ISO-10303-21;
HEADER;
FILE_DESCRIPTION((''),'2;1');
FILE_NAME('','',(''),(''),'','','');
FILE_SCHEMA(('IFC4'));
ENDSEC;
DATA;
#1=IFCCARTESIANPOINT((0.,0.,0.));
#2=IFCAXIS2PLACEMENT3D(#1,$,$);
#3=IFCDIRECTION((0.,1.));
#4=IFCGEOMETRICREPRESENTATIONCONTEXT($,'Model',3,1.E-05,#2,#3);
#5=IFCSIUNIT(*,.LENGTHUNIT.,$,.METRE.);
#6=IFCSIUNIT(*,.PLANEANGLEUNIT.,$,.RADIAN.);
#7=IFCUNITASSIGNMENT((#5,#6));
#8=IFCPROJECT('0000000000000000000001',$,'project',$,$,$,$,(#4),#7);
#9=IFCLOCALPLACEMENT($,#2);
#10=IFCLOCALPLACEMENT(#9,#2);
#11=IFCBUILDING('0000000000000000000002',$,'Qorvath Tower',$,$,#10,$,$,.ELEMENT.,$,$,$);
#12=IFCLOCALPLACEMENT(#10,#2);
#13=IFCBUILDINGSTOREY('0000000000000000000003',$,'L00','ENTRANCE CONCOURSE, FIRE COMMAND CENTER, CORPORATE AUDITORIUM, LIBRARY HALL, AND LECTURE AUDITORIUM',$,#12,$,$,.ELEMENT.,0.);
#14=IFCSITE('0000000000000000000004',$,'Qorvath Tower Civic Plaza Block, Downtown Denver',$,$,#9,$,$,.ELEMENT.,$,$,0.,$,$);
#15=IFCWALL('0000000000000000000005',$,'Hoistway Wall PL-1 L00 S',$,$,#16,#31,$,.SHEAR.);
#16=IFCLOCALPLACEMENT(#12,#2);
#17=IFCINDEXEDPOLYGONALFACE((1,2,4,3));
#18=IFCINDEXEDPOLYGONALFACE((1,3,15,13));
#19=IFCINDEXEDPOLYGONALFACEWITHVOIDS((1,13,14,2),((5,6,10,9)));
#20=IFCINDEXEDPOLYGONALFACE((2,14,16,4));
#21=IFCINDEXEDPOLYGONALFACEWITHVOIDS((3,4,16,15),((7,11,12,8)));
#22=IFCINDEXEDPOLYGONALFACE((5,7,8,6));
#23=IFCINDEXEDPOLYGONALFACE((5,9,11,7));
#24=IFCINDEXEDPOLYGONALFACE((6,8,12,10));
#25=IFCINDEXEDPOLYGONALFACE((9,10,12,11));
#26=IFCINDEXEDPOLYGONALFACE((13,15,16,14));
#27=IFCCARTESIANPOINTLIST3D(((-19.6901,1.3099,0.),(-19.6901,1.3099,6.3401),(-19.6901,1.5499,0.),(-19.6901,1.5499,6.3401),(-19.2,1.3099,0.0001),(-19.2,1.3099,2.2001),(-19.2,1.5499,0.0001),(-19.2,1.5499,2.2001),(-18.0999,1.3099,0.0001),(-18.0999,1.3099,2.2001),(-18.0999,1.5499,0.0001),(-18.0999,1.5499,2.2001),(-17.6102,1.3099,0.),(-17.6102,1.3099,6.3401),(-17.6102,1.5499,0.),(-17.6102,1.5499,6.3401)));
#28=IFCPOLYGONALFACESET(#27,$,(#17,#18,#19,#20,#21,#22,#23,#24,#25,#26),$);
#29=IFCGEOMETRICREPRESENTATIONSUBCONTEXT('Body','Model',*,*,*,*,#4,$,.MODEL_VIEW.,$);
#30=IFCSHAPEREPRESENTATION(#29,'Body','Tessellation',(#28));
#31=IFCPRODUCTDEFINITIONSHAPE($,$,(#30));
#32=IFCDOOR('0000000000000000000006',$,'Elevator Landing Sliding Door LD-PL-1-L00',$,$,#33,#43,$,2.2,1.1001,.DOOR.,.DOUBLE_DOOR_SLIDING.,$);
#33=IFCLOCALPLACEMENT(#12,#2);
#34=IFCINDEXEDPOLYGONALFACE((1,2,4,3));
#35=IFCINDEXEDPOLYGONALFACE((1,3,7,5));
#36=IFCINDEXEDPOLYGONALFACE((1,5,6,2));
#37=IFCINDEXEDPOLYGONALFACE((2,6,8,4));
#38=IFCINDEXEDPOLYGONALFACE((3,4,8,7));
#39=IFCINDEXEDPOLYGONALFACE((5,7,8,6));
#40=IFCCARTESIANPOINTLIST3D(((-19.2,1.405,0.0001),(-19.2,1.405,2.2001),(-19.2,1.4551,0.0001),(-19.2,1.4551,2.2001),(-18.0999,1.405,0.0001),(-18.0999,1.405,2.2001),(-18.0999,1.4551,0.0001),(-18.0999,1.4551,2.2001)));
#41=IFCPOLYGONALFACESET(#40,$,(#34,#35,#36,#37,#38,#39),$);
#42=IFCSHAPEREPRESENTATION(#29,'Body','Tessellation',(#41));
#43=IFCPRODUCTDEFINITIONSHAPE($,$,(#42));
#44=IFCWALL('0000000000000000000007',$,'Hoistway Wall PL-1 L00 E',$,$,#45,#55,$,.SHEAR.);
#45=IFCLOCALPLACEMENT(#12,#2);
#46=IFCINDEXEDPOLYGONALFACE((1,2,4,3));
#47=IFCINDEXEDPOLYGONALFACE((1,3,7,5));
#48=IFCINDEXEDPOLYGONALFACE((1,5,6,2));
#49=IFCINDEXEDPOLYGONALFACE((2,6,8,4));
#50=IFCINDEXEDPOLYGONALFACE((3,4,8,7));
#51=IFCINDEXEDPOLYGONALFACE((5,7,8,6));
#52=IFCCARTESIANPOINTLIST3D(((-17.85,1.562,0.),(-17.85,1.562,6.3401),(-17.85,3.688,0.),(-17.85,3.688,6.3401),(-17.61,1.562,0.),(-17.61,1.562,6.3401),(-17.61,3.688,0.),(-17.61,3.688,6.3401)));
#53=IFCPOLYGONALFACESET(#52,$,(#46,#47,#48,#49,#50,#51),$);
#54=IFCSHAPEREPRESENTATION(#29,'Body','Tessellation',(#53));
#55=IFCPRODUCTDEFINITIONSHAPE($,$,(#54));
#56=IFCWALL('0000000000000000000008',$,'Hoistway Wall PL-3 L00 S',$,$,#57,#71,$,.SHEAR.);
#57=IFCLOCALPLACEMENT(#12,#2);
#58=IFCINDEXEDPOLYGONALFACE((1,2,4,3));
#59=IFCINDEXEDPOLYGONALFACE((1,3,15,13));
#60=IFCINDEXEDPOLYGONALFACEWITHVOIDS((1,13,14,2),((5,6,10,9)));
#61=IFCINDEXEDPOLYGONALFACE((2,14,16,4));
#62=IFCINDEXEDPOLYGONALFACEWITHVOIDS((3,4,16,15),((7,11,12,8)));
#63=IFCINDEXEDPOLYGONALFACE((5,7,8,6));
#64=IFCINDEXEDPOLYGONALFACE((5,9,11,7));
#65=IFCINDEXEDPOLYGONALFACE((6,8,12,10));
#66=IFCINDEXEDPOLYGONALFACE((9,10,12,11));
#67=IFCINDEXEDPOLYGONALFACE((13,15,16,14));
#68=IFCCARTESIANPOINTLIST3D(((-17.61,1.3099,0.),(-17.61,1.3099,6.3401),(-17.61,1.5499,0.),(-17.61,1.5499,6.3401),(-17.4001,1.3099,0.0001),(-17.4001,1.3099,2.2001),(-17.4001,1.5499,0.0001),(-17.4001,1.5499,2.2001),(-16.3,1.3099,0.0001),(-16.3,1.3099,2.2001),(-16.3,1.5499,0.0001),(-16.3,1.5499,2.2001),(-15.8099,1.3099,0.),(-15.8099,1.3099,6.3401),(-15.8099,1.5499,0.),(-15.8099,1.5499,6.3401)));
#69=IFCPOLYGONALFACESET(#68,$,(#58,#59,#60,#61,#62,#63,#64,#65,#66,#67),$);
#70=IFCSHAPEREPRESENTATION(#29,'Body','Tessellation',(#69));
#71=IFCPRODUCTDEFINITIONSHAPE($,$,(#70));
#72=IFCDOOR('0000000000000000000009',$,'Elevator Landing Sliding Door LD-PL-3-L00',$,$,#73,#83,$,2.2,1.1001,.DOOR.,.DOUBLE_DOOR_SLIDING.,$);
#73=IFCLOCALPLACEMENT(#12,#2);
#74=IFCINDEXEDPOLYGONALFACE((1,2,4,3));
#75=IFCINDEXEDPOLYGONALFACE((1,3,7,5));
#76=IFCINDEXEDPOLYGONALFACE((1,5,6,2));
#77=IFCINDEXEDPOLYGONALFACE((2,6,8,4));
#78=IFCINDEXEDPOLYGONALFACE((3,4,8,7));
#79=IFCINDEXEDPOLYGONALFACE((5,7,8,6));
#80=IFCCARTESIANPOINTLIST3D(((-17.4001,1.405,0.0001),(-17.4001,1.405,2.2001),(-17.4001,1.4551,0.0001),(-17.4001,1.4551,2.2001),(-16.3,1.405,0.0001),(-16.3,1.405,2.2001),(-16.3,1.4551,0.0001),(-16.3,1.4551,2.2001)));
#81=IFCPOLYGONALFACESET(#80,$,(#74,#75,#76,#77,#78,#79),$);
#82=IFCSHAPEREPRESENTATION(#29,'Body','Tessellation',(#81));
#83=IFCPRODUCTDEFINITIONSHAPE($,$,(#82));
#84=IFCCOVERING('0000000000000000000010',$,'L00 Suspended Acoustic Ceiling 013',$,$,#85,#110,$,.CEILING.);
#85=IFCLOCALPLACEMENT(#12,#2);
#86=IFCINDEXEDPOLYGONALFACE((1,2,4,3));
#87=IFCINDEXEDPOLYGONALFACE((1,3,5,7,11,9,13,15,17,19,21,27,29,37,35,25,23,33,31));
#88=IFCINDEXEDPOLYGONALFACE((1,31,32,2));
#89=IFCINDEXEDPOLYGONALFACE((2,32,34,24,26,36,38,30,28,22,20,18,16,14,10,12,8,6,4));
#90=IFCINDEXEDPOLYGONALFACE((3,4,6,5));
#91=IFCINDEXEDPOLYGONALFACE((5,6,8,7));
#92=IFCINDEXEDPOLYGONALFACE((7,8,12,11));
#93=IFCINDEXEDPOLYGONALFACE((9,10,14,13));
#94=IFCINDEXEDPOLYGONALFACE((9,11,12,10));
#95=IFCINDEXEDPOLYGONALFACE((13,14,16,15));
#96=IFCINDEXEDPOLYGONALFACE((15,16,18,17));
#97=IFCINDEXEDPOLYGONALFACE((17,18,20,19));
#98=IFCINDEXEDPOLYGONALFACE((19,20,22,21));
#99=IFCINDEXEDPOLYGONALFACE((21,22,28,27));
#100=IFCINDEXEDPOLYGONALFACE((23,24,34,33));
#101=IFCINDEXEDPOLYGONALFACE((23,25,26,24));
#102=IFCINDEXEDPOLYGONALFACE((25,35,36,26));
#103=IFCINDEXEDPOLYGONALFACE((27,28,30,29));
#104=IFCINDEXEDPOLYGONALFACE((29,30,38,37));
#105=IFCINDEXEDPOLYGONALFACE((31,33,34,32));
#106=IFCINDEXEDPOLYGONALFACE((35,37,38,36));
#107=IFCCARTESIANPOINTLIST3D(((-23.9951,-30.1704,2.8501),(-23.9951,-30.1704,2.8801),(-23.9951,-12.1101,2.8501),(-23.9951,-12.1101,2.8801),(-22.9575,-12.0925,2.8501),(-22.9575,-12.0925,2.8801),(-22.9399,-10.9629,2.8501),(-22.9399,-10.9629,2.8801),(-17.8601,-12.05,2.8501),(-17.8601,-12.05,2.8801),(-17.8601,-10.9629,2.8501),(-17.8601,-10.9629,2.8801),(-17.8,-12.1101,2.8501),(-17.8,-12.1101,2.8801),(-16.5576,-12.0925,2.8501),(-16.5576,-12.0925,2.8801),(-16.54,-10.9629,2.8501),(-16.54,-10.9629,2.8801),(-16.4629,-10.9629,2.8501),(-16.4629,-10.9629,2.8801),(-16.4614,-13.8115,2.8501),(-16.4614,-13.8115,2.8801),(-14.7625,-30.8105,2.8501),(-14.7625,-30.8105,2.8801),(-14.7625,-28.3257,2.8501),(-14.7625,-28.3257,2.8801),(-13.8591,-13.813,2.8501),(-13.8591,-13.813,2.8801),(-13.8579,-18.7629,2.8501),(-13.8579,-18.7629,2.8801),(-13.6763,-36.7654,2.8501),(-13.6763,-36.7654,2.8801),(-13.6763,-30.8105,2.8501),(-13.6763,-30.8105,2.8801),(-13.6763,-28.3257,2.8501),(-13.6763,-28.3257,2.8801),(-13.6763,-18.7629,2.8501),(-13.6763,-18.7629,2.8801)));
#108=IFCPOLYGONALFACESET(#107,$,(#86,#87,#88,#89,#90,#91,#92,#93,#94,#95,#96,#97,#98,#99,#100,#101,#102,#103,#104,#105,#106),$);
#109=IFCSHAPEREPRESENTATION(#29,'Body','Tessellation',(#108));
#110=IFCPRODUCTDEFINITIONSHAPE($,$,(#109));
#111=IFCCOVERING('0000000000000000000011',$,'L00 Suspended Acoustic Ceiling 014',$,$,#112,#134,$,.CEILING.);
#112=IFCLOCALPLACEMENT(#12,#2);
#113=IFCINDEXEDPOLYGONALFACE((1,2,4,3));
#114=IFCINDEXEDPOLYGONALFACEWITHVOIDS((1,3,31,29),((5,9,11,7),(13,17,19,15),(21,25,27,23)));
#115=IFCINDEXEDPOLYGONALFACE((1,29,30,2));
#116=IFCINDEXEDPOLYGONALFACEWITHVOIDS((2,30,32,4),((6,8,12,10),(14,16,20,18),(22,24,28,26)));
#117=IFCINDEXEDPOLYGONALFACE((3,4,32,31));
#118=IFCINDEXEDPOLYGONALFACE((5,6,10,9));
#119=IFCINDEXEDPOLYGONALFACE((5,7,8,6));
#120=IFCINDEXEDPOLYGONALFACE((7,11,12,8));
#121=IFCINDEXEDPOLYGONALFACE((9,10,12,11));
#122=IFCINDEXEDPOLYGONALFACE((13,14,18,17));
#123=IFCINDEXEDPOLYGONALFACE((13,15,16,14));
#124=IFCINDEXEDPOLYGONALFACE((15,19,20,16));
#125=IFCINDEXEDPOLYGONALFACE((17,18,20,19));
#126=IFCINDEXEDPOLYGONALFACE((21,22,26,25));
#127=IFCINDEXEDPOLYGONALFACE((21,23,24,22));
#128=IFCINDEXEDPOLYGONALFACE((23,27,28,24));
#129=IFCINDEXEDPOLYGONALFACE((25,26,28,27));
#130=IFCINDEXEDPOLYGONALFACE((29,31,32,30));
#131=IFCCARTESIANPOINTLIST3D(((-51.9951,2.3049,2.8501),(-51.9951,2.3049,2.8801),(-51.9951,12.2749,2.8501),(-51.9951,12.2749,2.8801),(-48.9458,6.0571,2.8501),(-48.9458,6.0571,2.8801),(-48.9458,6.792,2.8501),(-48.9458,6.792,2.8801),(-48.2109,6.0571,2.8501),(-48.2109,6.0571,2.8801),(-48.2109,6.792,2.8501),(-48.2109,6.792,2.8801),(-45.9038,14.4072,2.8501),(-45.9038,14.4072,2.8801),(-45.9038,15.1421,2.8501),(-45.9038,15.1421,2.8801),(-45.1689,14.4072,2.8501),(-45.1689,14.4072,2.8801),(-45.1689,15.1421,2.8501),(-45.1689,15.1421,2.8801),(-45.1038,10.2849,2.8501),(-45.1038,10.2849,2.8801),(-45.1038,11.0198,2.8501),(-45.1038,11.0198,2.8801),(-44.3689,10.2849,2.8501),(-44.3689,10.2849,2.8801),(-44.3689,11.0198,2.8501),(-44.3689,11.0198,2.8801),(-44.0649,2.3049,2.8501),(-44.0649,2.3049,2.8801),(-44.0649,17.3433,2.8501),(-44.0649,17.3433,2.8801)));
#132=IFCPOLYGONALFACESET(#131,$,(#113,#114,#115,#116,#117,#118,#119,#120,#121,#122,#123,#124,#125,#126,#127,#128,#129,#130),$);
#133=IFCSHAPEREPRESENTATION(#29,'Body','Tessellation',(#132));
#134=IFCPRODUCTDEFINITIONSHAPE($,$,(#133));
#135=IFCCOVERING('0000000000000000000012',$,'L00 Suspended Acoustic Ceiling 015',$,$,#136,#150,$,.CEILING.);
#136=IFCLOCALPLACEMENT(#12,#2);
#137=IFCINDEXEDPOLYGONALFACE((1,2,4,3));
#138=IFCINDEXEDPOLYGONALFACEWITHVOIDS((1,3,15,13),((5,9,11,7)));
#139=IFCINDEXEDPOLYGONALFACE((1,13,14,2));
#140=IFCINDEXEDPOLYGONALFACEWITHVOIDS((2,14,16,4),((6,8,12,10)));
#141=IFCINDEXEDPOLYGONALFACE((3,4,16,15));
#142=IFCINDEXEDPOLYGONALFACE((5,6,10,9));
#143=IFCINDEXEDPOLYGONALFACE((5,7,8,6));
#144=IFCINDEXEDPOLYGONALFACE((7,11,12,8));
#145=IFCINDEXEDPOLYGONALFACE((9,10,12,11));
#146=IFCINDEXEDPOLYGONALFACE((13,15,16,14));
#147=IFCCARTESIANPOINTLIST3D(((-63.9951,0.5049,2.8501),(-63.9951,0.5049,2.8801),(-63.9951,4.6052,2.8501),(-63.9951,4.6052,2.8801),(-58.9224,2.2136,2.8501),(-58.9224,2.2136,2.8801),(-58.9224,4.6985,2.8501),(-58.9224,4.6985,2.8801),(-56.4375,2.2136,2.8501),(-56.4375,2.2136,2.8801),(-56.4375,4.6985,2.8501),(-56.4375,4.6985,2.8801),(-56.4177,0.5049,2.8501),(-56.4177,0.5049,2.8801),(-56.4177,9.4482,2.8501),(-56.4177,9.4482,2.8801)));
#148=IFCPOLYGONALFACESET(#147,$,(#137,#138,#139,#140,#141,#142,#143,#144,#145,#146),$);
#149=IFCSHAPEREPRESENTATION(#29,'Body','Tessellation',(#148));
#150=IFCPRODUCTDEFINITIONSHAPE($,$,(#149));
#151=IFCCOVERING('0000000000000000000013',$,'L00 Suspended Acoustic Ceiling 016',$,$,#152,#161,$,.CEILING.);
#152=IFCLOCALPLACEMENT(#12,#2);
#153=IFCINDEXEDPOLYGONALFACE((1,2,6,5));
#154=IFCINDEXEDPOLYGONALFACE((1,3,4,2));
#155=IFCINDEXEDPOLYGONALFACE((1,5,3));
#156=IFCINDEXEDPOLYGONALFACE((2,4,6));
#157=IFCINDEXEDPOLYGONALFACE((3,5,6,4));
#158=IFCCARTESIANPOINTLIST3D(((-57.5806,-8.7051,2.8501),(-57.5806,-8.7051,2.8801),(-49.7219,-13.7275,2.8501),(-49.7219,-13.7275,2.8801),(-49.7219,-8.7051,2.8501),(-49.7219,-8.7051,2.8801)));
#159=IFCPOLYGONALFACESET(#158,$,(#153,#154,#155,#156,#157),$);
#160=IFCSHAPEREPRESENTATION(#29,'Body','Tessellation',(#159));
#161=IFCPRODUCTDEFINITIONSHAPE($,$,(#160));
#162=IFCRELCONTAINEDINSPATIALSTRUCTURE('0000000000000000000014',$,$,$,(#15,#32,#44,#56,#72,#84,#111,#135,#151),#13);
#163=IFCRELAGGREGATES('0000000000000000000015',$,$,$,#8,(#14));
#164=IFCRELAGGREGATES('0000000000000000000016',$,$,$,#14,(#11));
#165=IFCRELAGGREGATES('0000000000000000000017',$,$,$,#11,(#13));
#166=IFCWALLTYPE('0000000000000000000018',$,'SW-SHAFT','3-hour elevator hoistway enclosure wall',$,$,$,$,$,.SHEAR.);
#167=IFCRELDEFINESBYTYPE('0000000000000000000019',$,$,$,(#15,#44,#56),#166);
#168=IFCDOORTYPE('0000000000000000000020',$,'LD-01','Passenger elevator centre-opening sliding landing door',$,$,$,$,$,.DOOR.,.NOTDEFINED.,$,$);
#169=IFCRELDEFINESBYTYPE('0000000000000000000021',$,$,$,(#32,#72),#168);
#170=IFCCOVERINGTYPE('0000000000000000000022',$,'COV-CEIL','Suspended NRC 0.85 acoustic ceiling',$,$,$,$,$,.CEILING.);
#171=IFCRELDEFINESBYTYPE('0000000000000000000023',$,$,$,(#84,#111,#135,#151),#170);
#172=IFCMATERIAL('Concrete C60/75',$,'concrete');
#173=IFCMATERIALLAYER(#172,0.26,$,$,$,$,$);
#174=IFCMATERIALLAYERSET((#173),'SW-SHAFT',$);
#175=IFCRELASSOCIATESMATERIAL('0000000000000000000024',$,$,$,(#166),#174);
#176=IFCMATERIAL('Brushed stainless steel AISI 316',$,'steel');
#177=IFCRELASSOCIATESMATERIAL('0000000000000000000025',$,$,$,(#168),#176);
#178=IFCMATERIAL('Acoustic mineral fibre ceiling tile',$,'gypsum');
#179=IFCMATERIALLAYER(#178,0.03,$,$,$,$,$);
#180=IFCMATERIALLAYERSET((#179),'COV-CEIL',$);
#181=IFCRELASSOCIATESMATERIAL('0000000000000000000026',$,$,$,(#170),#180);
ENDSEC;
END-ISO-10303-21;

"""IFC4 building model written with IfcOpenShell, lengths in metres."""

from ifc_helpers import new_model, si_unit, direction, frame, frame_2d, origin, place, context, subcontext, project, spatial, polyline, rectangle, outline, extrude, material, layer, layer_set, type_object, element, fill, save


model = new_model("IFC4")

# Units and contexts
model_context = context("Model", 3, precision=1e-05, world=origin(), true_north=direction((0.0, 1.0)))
body_context = subcontext(model_context, "Body", "Model", "MODEL_VIEW")
ifc_project = project(units=[si_unit("LENGTHUNIT", "METRE"), si_unit("PLANEANGLEUNIT", "RADIAN")], contexts=[model_context])

# Site, building, storey
site_placement = place(None, origin())
site = spatial("IfcSite", under=ifc_project, at=site_placement, Name="Qorvath Tower Civic Plaza Block, Downtown Denver", CompositionType="ELEMENT", RefElevation=0.0)
building_placement = place(site_placement, origin())
building = spatial("IfcBuilding", under=site, at=building_placement, Name="Qorvath Tower", CompositionType="ELEMENT")
storey_placement = place(building_placement, origin())
storey = spatial("IfcBuildingStorey", under=building, at=storey_placement, Name="L00", Description="ENTRANCE CONCOURSE, FIRE COMMAND CENTER, CORPORATE AUDITORIUM, LIBRARY HALL, AND LECTURE AUDITORIUM", CompositionType="ELEMENT", Elevation=0.0)

# Wall, opening, door
ifc_material_1 = material(Name="Concrete C60/75", Category="concrete")
ifc_layer_1 = layer(ifc_material_1, 0.26)
ifc_layer_set_1 = layer_set([ifc_layer_1], Name="SW-SHAFT")
wall_type = type_object("IfcWallType", Name="SW-SHAFT", Description="3-hour elevator hoistway enclosure wall", PredefinedType="SHEAR", material=ifc_layer_set_1)
wall_1_placement = place(storey_placement, frame((-17.6101, 1.4299, 0.0), z_axis=(0.0, 0.0, 1.0), x_axis=(-1.0, 0.0, 0.0)))
wall_1 = element("IfcWall", 1, at=wall_1_placement, inside=storey, type_object=wall_type, Name="Hoistway Wall PL-1 L00 S", PredefinedType="SHEAR", context=body_context, shape_type="SweptSolid", body=[
    extrude(rectangle(XDim=2.0798, YDim=0.24, at=frame_2d((1.04, 0.0))), origin(), (0.0, 0.0, 1.0), 6.3401),
])
opening_1_placement = place(wall_1_placement, frame((0.4897, 0.0, 0.0)))
opening_1 = element("IfcOpeningElement", 2, at=opening_1_placement, cuts=wall_1, PredefinedType="OPENING", context=body_context, shape_type="SweptSolid", body=[
    extrude(rectangle(XDim=1.1001, YDim=2.2, at=frame_2d((0.55, 1.1001))), frame((0.0, 0.1299, 0.0), z_axis=(0.0, -1.0, 0.0), x_axis=(1.0, 0.0, 0.0)), (0.0, 0.0, 1.0), 0.26),
])
ifc_material_2 = material(Name="Brushed stainless steel AISI 316", Category="steel")
door_type = type_object("IfcDoorType", Name="LD-01", Description="Passenger elevator centre-opening sliding landing door", OperationType="NOTDEFINED", PredefinedType="DOOR", material=ifc_material_2)
door_1_placement = place(opening_1_placement, origin())
door_1 = element("IfcDoor", 3, at=door_1_placement, inside=storey, type_object=door_type, Name="Elevator Landing Sliding Door LD-PL-1-L00", OperationType="DOUBLE_DOOR_SLIDING", OverallHeight=2.2, OverallWidth=1.1001, PredefinedType="DOOR", context=body_context, shape_type="SweptSolid", body=[
    extrude(rectangle(XDim=1.1001, YDim=2.2, at=frame_2d((0.55, 1.1001))), frame((0.0, 0.0249, 0.0), z_axis=(0.0, -1.0, 0.0), x_axis=(1.0, 0.0, 0.0)), (0.0, 0.0, 1.0), 0.05),
])
fill(opening_1, door_1)

# Wall
wall_2_placement = place(storey_placement, frame((-17.73, 3.688, 0.0), z_axis=(0.0, 0.0, 1.0), x_axis=(0.0, -1.0, 0.0)))
element("IfcWall", 4, at=wall_2_placement, inside=storey, type_object=wall_type, Name="Hoistway Wall PL-1 L00 E", PredefinedType="SHEAR", context=body_context, shape_type="SweptSolid", body=[
    extrude(rectangle(XDim=2.126, YDim=0.24, at=frame_2d((1.063, 0.0))), origin(), (0.0, 0.0, 1.0), 6.3401),
])

# Wall, opening, door
wall_3_placement = place(storey_placement, frame((-15.8101, 1.4299, 0.0), z_axis=(0.0, 0.0, 1.0), x_axis=(-1.0, 0.0, 0.0)))
wall_3 = element("IfcWall", 5, at=wall_3_placement, inside=storey, type_object=wall_type, Name="Hoistway Wall PL-3 L00 S", PredefinedType="SHEAR", context=body_context, shape_type="SweptSolid", body=[
    extrude(rectangle(XDim=1.8, YDim=0.24, at=frame_2d((0.8999, 0.0))), origin(), (0.0, 0.0, 1.0), 6.3401),
])
opening_2_placement = place(wall_3_placement, frame((0.49, 0.0, 0.0)))
opening_2 = element("IfcOpeningElement", 6, at=opening_2_placement, cuts=wall_3, PredefinedType="OPENING", context=body_context, shape_type="SweptSolid", body=[
    extrude(rectangle(XDim=1.1001, YDim=2.2, at=frame_2d((0.55, 1.1001))), frame((0.0, 0.1299, 0.0), z_axis=(0.0, -1.0, 0.0), x_axis=(1.0, 0.0, 0.0)), (0.0, 0.0, 1.0), 0.26),
])
door_2_placement = place(opening_2_placement, origin())
door_2 = element("IfcDoor", 7, at=door_2_placement, inside=storey, type_object=door_type, Name="Elevator Landing Sliding Door LD-PL-3-L00", OperationType="DOUBLE_DOOR_SLIDING", OverallHeight=2.2, OverallWidth=1.1001, PredefinedType="DOOR", context=body_context, shape_type="SweptSolid", body=[
    extrude(rectangle(XDim=1.1001, YDim=2.2, at=frame_2d((0.55, 1.1001))), frame((0.0, 0.0249, 0.0), z_axis=(0.0, -1.0, 0.0), x_axis=(1.0, 0.0, 0.0)), (0.0, 0.0, 1.0), 0.05),
])
fill(opening_2, door_2)

# Coverings
ifc_material_3 = material(Name="Acoustic mineral fibre ceiling tile", Category="gypsum")
ifc_layer_2 = layer(ifc_material_3, 0.03)
ifc_layer_set_2 = layer_set([ifc_layer_2], Name="COV-CEIL")
covering_type_1 = type_object("IfcCoveringType", Name="COV-CEIL", Description="Suspended NRC 0.85 acoustic ceiling", PredefinedType="CEILING", material=ifc_layer_set_2)
covering_1_placement = place(storey_placement, frame((0.0, 0.0, 2.8501)))
element("IfcCovering", 8, at=covering_1_placement, inside=storey, type_object=covering_type_1, Name="L00 Suspended Acoustic Ceiling 013", PredefinedType="CEILING", context=body_context, shape_type="SweptSolid", body=[
    extrude(outline(polyline([(-23.9951, -30.1704), (-13.6763, -36.7654), (-13.6763, -30.8105), (-14.7625, -30.8105), (-14.7625, -28.3257), (-13.6763, -28.3257), (-13.6763, -18.7629), (-13.8579, -18.7629), (-13.8591, -13.813), (-16.4614, -13.8115), (-16.4629, -10.9629), (-16.54, -10.9629), (-16.5576, -12.0925), (-17.8, -12.1101), (-17.8601, -12.05), (-17.8601, -10.9629), (-22.9399, -10.9629), (-22.9575, -12.0925), (-23.9951, -12.1101), (-23.9951, -30.1704)])), origin(), (0.0, 0.0, 1.0), 0.03),
])
covering_2_placement = place(storey_placement, frame((0.0, 0.0, 2.8501)))
element("IfcCovering", 9, at=covering_2_placement, inside=storey, type_object=covering_type_1, Name="L00 Suspended Acoustic Ceiling 014", PredefinedType="CEILING", context=body_context, shape_type="SweptSolid", body=[
    extrude(outline(polyline([(-44.0649, 2.3049), (-44.0649, 17.3433), (-51.9951, 12.2749), (-51.9951, 2.3049), (-44.0649, 2.3049)]), holes=[polyline([(-45.1038, 11.0198), (-44.3689, 11.0198), (-44.3689, 10.2849), (-45.1038, 10.2849), (-45.1038, 11.0198)]), polyline([(-45.9038, 15.1421), (-45.1689, 15.1421), (-45.1689, 14.4072), (-45.9038, 14.4072), (-45.9038, 15.1421)]), polyline([(-48.9458, 6.792), (-48.2109, 6.792), (-48.2109, 6.0571), (-48.9458, 6.0571), (-48.9458, 6.792)])]), origin(), (0.0, 0.0, 1.0), 0.03),
])
covering_3_placement = place(storey_placement, frame((0.0, 0.0, 2.8501)))
element("IfcCovering", 10, at=covering_3_placement, inside=storey, type_object=covering_type_1, Name="L00 Suspended Acoustic Ceiling 015", PredefinedType="CEILING", context=body_context, shape_type="SweptSolid", body=[
    extrude(outline(polyline([(-56.4177, 0.5049), (-56.4177, 9.4482), (-63.9951, 4.6052), (-63.9951, 0.5049), (-56.4177, 0.5049)]), holes=[polyline([(-58.9224, 4.6985), (-56.4375, 4.6985), (-56.4375, 2.2136), (-58.9224, 2.2136), (-58.9224, 4.6985)])]), origin(), (0.0, 0.0, 1.0), 0.03),
])
covering_4_placement = place(storey_placement, frame((0.0, 0.0, 2.8501)))
element("IfcCovering", 11, at=covering_4_placement, inside=storey, type_object=covering_type_1, Name="L00 Suspended Acoustic Ceiling 016", PredefinedType="CEILING", context=body_context, shape_type="SweptSolid", body=[
    extrude(outline(polyline([(-57.5806, -8.7051), (-49.7219, -13.7275), (-49.7219, -8.7051), (-57.5806, -8.7051)])), origin(), (0.0, 0.0, 1.0), 0.03),
])

save(model, "model.ifc")
